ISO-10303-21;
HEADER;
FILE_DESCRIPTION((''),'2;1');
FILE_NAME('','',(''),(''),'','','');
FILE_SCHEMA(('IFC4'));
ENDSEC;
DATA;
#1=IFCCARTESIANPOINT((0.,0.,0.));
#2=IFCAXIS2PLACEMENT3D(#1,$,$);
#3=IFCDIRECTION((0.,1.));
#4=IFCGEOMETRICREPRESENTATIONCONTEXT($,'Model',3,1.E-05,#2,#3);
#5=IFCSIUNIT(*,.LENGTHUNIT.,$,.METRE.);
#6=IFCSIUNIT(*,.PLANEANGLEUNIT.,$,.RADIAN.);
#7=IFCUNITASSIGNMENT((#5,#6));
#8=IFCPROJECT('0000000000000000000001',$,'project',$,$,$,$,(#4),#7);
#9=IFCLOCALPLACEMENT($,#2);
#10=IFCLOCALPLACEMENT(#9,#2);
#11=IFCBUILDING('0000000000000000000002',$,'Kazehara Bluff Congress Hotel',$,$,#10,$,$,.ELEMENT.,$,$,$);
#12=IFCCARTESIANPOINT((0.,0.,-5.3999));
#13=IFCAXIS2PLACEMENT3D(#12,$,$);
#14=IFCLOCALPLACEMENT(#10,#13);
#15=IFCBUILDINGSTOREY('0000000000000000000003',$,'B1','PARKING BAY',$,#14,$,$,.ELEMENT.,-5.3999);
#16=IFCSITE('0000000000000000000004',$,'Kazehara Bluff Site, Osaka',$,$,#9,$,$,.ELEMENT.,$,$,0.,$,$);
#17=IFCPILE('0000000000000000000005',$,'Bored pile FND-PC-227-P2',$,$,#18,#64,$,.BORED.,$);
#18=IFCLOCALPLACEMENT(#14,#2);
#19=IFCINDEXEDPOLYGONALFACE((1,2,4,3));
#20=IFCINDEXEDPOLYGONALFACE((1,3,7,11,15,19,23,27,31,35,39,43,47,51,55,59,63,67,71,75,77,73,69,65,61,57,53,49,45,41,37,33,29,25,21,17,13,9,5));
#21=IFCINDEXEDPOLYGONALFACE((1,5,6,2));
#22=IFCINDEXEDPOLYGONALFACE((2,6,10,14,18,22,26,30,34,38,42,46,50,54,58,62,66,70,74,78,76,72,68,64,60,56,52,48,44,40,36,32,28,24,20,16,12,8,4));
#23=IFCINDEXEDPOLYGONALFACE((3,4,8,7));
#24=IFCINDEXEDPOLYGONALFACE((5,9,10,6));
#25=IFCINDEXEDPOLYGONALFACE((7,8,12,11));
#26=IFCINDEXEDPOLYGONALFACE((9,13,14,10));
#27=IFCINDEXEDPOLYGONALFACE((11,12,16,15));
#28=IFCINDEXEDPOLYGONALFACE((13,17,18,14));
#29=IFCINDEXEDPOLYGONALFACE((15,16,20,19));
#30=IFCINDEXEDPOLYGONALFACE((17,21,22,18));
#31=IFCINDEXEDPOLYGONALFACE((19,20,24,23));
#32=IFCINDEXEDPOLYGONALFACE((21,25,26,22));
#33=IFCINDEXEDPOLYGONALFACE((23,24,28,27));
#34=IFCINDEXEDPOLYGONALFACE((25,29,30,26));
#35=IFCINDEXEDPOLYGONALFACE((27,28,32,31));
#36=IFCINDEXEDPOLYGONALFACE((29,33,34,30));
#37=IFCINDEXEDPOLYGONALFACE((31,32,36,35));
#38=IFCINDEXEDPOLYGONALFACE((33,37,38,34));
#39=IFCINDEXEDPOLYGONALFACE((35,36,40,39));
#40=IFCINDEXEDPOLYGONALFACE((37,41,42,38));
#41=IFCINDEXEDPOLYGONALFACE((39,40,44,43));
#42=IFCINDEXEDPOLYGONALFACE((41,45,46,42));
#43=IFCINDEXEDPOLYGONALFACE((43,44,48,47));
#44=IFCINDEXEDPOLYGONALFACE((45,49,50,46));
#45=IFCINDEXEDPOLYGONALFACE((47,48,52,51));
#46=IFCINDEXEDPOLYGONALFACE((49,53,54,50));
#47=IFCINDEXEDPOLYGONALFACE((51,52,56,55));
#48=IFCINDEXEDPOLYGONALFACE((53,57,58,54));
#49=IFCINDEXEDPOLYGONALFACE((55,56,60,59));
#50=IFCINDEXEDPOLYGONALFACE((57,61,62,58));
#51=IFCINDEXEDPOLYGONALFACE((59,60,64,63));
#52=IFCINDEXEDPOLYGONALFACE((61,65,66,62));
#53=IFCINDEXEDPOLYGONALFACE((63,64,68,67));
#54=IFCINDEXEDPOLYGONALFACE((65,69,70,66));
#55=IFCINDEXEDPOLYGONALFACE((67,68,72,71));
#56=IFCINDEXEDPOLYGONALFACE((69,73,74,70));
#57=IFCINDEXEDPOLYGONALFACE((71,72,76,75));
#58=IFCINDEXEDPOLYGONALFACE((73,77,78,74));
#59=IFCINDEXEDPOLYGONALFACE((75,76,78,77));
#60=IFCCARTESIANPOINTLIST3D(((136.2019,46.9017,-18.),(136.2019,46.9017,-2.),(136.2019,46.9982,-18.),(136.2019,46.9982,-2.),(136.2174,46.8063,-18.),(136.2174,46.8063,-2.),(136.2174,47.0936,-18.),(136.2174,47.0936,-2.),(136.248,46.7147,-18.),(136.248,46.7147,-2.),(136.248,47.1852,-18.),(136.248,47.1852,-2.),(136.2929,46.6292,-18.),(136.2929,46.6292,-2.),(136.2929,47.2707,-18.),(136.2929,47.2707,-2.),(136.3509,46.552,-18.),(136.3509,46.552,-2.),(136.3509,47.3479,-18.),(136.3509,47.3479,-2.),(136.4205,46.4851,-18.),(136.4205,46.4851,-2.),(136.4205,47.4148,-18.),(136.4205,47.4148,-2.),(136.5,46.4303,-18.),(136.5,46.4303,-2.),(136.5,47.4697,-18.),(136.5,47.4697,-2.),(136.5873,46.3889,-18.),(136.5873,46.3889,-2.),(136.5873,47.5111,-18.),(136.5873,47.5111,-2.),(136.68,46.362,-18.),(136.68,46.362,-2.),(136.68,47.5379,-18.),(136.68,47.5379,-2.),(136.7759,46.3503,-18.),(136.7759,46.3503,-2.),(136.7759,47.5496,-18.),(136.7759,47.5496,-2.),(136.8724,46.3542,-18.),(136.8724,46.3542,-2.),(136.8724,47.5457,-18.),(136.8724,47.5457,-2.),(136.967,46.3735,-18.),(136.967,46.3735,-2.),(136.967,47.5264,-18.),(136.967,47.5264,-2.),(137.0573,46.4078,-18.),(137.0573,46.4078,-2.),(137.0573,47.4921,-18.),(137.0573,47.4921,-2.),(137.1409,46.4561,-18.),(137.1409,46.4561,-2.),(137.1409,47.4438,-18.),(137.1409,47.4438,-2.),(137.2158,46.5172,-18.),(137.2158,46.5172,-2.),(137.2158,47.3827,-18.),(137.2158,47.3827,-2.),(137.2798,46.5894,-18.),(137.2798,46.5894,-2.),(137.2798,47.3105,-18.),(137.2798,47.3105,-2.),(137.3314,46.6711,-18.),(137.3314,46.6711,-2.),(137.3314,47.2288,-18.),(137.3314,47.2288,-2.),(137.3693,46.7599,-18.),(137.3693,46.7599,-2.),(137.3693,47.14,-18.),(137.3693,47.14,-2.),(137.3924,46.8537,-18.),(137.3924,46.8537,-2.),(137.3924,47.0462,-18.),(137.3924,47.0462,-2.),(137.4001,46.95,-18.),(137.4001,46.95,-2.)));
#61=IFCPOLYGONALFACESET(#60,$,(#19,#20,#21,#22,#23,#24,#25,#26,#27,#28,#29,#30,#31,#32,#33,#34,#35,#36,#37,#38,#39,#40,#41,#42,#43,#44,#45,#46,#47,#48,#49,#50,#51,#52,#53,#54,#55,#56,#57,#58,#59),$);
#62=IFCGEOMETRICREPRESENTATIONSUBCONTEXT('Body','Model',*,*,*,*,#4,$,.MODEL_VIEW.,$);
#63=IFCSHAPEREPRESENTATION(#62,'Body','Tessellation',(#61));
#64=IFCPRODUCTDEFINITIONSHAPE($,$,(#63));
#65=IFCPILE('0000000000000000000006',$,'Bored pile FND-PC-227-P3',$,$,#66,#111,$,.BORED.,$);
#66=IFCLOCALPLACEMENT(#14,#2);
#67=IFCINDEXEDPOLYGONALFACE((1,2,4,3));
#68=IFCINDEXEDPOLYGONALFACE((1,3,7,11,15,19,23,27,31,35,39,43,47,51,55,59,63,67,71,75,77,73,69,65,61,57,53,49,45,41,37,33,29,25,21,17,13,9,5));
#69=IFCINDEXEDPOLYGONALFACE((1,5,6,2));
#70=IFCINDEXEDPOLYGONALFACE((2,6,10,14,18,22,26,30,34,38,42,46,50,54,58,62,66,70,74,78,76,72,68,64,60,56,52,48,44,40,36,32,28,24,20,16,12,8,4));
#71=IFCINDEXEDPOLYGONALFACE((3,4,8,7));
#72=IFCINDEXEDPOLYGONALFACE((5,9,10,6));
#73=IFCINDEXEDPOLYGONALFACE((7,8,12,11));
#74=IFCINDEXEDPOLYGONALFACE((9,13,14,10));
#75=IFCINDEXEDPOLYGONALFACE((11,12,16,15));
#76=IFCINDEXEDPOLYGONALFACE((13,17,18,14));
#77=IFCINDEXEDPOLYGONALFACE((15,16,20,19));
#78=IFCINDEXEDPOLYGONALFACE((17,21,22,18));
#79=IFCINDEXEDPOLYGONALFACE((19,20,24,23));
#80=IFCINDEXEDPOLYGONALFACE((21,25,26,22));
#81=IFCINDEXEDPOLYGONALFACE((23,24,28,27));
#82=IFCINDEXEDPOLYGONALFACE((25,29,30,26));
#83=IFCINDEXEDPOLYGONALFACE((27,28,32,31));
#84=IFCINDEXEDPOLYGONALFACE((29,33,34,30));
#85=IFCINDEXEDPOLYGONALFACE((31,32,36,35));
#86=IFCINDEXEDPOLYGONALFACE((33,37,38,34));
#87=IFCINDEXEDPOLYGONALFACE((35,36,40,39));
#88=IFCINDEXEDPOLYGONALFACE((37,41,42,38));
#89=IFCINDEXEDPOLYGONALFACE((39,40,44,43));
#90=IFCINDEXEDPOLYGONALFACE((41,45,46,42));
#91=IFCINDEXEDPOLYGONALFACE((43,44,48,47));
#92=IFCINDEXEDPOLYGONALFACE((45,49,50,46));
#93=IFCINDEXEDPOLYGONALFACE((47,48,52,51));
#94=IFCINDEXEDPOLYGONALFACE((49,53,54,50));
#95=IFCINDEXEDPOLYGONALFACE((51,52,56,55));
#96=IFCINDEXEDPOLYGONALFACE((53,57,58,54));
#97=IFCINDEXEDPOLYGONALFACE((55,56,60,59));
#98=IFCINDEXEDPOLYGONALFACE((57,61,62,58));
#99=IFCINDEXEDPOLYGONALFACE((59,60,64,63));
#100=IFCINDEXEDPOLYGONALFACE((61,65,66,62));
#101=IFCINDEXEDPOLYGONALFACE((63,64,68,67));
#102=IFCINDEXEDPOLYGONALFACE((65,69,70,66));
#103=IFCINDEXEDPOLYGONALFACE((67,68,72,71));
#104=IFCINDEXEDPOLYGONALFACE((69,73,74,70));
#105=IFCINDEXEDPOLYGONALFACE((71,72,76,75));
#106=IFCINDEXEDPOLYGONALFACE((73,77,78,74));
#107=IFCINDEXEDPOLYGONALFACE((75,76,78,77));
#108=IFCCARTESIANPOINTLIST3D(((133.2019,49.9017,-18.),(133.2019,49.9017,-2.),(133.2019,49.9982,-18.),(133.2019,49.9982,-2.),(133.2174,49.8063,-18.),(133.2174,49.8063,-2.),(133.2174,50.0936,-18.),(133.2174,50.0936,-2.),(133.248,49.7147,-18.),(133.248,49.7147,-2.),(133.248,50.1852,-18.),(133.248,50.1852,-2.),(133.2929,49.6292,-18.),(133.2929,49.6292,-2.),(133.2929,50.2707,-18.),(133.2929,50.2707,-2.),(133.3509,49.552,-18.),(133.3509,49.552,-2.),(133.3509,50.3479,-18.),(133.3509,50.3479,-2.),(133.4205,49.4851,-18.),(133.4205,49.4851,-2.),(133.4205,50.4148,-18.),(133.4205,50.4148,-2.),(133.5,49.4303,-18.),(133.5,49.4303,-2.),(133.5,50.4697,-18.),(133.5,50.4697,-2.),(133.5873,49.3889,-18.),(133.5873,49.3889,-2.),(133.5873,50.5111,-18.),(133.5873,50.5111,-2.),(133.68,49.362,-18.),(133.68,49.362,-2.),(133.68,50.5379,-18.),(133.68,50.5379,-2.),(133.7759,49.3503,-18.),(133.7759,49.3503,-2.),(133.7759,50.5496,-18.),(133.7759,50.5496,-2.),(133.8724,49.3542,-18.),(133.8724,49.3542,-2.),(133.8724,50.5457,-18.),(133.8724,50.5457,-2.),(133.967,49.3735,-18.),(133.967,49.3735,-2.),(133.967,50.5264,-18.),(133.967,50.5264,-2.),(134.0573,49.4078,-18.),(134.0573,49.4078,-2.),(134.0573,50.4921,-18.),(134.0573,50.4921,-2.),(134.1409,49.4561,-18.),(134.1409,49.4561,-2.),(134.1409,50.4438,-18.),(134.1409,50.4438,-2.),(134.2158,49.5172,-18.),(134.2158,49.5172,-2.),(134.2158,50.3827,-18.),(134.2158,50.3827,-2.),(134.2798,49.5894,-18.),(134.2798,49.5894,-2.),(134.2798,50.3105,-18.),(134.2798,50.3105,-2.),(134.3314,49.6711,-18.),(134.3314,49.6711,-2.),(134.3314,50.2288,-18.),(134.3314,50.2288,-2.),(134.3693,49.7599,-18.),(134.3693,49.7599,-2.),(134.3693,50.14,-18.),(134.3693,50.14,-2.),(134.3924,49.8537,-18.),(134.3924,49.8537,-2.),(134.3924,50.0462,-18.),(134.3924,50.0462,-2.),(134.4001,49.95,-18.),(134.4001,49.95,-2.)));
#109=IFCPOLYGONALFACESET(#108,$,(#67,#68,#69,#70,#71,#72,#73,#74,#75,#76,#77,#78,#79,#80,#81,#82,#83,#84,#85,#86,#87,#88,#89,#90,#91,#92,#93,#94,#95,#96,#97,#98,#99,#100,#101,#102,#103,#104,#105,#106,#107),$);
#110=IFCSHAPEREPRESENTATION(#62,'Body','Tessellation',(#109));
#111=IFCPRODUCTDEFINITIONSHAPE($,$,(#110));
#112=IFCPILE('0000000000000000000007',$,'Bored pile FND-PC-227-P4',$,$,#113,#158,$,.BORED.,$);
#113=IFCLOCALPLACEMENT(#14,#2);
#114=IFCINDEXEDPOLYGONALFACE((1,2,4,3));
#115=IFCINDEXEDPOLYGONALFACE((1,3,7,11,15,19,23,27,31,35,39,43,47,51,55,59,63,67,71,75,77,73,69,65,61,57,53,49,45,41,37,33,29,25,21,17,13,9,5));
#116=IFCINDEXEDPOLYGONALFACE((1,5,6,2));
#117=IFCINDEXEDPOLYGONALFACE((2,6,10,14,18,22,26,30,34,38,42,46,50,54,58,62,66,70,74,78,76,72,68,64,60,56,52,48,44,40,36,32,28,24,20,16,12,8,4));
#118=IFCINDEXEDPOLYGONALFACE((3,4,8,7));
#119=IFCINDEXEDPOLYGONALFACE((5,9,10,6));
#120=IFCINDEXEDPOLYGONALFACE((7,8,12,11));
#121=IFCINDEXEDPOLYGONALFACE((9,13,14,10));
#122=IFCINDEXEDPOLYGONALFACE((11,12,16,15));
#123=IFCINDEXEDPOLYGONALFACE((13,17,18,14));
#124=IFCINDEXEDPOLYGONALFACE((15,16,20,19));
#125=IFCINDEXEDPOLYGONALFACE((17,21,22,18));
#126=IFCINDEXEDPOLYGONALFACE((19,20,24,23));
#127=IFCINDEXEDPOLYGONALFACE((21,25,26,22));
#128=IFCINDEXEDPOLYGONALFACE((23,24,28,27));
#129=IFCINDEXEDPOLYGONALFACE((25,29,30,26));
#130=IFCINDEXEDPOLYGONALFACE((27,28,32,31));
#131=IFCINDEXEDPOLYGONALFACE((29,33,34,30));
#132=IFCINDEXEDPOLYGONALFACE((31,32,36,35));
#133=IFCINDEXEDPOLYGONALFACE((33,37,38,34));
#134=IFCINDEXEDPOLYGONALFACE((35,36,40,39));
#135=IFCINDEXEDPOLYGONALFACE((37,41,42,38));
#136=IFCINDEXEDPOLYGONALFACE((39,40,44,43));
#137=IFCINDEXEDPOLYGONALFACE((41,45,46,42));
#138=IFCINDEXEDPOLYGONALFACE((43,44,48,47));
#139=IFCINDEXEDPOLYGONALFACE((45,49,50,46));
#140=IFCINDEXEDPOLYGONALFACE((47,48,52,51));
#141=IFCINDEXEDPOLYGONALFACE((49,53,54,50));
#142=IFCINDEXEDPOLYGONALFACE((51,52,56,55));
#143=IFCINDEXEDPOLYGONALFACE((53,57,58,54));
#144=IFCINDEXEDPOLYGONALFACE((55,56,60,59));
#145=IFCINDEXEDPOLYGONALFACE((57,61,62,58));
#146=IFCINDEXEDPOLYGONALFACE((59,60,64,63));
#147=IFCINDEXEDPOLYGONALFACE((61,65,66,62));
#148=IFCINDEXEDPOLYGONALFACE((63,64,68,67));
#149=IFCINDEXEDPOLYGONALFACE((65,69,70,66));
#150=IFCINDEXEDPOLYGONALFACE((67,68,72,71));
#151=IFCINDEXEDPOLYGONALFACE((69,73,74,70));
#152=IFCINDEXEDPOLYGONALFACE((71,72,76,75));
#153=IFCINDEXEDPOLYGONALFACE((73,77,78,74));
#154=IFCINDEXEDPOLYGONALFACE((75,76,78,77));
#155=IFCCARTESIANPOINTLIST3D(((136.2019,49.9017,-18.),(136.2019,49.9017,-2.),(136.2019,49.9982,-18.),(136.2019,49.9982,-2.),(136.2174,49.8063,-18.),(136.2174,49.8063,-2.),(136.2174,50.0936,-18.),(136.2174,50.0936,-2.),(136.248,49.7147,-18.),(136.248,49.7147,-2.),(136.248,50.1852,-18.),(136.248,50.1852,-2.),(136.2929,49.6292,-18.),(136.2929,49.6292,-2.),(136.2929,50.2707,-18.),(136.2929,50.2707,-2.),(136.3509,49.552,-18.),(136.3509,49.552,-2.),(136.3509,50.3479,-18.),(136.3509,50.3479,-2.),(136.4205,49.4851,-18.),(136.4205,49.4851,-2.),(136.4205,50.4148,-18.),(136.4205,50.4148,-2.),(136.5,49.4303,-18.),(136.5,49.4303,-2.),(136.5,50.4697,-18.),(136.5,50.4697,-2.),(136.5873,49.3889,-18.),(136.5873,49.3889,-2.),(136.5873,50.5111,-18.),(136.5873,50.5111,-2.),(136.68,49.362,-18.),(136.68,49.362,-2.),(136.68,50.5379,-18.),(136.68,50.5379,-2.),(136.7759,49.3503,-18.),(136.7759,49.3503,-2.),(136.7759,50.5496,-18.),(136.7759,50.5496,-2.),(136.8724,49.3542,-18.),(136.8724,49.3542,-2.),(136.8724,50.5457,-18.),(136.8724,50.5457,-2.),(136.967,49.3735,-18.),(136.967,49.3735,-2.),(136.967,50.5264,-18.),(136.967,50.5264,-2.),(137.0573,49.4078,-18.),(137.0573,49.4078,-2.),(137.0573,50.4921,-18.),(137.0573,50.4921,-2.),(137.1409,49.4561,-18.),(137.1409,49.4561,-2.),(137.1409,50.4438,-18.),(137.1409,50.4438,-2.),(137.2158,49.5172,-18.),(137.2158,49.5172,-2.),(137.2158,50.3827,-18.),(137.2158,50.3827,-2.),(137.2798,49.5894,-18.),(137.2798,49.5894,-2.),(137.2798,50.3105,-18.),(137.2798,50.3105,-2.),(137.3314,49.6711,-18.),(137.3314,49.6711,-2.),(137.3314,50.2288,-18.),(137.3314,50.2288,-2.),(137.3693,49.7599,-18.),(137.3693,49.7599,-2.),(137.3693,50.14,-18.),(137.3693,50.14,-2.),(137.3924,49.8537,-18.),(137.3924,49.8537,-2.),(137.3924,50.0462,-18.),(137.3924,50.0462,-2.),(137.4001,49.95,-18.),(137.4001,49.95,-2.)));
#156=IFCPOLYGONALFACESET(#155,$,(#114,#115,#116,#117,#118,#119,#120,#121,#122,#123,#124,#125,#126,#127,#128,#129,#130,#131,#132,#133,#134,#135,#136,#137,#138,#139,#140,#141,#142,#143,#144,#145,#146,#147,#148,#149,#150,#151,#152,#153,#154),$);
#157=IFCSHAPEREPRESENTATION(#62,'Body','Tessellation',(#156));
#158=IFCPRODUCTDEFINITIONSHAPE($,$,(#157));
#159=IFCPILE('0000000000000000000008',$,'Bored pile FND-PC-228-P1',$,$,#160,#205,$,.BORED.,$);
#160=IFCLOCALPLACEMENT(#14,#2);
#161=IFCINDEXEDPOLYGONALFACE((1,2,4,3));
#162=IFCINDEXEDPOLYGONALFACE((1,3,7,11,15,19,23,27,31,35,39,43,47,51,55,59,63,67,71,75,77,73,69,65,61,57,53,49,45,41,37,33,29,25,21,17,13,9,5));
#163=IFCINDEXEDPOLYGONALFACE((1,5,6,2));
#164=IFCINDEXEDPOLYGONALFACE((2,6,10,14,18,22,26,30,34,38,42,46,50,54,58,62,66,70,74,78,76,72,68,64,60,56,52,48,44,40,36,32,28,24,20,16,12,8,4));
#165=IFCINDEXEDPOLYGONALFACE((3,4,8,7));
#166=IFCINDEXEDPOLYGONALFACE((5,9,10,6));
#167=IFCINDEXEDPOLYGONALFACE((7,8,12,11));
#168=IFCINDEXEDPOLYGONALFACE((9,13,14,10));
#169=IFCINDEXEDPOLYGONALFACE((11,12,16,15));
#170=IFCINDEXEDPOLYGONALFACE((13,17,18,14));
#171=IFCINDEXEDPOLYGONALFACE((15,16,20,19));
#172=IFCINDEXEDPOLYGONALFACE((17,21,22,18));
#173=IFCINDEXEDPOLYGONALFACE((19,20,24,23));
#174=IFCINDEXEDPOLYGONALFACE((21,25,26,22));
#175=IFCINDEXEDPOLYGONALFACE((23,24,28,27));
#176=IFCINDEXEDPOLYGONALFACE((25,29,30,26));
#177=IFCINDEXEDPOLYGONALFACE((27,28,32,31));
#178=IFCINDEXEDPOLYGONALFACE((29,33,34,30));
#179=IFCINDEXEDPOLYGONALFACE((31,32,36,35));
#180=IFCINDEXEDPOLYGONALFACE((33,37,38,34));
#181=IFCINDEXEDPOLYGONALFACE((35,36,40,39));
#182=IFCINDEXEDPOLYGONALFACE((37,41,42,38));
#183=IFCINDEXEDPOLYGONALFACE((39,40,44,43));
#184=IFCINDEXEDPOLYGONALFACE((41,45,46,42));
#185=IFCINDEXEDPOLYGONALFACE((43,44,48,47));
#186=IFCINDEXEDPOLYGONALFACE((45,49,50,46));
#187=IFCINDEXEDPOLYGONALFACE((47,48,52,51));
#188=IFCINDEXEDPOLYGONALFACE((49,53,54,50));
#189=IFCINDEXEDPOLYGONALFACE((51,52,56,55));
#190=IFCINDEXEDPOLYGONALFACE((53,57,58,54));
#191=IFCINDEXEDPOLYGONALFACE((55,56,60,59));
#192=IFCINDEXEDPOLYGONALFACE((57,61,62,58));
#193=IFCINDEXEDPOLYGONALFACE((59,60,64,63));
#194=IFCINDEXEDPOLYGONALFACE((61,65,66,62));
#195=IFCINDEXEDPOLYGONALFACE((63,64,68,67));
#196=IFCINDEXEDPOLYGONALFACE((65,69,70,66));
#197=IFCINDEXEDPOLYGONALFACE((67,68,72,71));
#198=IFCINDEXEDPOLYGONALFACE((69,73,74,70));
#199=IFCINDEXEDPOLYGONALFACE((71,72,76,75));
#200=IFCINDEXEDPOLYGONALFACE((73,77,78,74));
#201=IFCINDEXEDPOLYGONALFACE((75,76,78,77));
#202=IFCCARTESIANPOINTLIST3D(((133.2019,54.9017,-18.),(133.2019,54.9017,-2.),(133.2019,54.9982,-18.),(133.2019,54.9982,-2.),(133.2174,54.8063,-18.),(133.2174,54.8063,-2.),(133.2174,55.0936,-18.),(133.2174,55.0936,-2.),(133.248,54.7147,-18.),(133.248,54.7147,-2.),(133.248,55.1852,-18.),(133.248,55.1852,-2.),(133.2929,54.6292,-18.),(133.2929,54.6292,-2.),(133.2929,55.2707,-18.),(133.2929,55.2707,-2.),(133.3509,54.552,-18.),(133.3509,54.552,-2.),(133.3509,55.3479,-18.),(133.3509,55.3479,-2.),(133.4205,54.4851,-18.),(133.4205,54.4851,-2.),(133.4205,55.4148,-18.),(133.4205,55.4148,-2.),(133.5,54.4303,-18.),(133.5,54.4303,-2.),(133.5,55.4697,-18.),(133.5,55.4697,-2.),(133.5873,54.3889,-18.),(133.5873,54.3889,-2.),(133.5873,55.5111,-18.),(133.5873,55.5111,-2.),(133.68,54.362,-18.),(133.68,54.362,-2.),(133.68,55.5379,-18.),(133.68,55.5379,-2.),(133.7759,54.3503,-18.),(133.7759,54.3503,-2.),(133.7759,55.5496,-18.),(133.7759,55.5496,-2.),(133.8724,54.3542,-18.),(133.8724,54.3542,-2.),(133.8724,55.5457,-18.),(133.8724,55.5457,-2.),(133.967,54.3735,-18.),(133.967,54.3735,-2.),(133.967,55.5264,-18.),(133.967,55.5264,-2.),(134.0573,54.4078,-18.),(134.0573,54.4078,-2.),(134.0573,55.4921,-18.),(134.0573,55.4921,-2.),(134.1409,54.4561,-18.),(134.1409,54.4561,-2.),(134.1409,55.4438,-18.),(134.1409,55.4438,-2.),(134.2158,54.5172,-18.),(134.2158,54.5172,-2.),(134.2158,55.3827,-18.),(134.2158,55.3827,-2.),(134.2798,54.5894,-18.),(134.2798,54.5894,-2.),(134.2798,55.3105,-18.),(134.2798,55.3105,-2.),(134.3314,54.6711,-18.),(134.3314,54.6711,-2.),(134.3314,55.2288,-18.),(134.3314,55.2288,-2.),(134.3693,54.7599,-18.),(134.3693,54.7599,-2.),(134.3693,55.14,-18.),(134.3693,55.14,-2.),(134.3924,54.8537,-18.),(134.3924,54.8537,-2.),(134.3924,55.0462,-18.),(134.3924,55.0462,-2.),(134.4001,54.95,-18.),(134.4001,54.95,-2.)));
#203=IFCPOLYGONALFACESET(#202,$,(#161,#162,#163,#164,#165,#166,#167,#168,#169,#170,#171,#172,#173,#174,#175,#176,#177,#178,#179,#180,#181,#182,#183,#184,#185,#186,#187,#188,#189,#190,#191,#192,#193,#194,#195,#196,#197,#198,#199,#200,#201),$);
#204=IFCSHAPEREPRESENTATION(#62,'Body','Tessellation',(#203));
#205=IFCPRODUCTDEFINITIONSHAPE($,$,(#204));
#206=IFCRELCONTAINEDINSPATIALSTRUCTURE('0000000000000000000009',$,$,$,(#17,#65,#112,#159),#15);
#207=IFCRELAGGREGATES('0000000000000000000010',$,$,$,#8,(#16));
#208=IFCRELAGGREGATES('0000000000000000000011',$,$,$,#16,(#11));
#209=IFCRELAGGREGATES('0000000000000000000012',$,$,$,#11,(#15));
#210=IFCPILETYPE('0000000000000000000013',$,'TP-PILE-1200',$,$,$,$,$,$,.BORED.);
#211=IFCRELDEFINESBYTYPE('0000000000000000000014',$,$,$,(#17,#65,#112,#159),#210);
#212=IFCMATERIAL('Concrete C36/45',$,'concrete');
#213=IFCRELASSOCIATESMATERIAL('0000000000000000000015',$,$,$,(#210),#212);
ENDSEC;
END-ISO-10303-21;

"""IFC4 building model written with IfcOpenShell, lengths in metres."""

from ifc_helpers import new_model, si_unit, direction, frame, origin, origin_2d, place, context, subcontext, project, spatial, circle, extrude, material, material_profile, profile_set, type_object, element, save


model = new_model("IFC4")

# Units and contexts
model_context = context("Model", 3, precision=1e-05, world=origin(), true_north=direction((0.0, 1.0)))
body_context = subcontext(model_context, "Body", "Model", "MODEL_VIEW")
ifc_project = project(units=[si_unit("LENGTHUNIT", "METRE"), si_unit("PLANEANGLEUNIT", "RADIAN")], contexts=[model_context])

# Site, building, storey
site_placement = place(None, origin())
site = spatial("IfcSite", under=ifc_project, at=site_placement, Name="Kazehara Bluff Site, Osaka", CompositionType="ELEMENT", RefElevation=0.0)
building_placement = place(site_placement, origin())
building = spatial("IfcBuilding", under=site, at=building_placement, Name="Kazehara Bluff Congress Hotel", CompositionType="ELEMENT")
storey_placement = place(building_placement, frame((0.0, 0.0, -5.3999)))
storey = spatial("IfcBuildingStorey", under=building, at=storey_placement, Name="B1", Description="PARKING BAY", CompositionType="ELEMENT", Elevation=-5.3999)

# Piles
ifc_material_1 = material(Name="Concrete C36/45", Category="concrete")
ifc_material_profile_1 = material_profile(ifc_material_1, circle(Radius=0.6001, at=origin_2d()))
ifc_profile_set_1 = profile_set([ifc_material_profile_1], Name="Concrete C36/45")
pile_type = type_object("IfcPileType", Name="TP-PILE-1200", PredefinedType="BORED", material=ifc_profile_set_1)
for number, where, z_axis, x_axis, name in (
    (1, (136.8, 46.95, -2.0), (0.0, 0.0, -1.0), (1.0, 0.0, 0.0), "Bored pile FND-PC-227-P2"),
    (2, (133.8, 49.95, -2.0), (0.0, 0.0, -1.0), (1.0, 0.0, 0.0), "Bored pile FND-PC-227-P3"),
    (3, (136.8, 49.95, -2.0), (0.0, 0.0, -1.0), (1.0, 0.0, 0.0), "Bored pile FND-PC-227-P4"),
    (4, (133.8, 54.95, -2.0), (0.0, 0.0, -1.0), (1.0, 0.0, 0.0), "Bored pile FND-PC-228-P1"),
):
    element("IfcPile", number, at=place(storey_placement, frame(where, z_axis=z_axis, x_axis=x_axis)), inside=storey, type_object=pile_type, Name=name, PredefinedType="BORED", context=body_context, shape_type="SweptSolid", body=[
        extrude(circle(Radius=0.6001, at=origin_2d()), origin(), (0.0, 0.0, 1.0), 16.0),
    ])

save(model, "model.ifc")
